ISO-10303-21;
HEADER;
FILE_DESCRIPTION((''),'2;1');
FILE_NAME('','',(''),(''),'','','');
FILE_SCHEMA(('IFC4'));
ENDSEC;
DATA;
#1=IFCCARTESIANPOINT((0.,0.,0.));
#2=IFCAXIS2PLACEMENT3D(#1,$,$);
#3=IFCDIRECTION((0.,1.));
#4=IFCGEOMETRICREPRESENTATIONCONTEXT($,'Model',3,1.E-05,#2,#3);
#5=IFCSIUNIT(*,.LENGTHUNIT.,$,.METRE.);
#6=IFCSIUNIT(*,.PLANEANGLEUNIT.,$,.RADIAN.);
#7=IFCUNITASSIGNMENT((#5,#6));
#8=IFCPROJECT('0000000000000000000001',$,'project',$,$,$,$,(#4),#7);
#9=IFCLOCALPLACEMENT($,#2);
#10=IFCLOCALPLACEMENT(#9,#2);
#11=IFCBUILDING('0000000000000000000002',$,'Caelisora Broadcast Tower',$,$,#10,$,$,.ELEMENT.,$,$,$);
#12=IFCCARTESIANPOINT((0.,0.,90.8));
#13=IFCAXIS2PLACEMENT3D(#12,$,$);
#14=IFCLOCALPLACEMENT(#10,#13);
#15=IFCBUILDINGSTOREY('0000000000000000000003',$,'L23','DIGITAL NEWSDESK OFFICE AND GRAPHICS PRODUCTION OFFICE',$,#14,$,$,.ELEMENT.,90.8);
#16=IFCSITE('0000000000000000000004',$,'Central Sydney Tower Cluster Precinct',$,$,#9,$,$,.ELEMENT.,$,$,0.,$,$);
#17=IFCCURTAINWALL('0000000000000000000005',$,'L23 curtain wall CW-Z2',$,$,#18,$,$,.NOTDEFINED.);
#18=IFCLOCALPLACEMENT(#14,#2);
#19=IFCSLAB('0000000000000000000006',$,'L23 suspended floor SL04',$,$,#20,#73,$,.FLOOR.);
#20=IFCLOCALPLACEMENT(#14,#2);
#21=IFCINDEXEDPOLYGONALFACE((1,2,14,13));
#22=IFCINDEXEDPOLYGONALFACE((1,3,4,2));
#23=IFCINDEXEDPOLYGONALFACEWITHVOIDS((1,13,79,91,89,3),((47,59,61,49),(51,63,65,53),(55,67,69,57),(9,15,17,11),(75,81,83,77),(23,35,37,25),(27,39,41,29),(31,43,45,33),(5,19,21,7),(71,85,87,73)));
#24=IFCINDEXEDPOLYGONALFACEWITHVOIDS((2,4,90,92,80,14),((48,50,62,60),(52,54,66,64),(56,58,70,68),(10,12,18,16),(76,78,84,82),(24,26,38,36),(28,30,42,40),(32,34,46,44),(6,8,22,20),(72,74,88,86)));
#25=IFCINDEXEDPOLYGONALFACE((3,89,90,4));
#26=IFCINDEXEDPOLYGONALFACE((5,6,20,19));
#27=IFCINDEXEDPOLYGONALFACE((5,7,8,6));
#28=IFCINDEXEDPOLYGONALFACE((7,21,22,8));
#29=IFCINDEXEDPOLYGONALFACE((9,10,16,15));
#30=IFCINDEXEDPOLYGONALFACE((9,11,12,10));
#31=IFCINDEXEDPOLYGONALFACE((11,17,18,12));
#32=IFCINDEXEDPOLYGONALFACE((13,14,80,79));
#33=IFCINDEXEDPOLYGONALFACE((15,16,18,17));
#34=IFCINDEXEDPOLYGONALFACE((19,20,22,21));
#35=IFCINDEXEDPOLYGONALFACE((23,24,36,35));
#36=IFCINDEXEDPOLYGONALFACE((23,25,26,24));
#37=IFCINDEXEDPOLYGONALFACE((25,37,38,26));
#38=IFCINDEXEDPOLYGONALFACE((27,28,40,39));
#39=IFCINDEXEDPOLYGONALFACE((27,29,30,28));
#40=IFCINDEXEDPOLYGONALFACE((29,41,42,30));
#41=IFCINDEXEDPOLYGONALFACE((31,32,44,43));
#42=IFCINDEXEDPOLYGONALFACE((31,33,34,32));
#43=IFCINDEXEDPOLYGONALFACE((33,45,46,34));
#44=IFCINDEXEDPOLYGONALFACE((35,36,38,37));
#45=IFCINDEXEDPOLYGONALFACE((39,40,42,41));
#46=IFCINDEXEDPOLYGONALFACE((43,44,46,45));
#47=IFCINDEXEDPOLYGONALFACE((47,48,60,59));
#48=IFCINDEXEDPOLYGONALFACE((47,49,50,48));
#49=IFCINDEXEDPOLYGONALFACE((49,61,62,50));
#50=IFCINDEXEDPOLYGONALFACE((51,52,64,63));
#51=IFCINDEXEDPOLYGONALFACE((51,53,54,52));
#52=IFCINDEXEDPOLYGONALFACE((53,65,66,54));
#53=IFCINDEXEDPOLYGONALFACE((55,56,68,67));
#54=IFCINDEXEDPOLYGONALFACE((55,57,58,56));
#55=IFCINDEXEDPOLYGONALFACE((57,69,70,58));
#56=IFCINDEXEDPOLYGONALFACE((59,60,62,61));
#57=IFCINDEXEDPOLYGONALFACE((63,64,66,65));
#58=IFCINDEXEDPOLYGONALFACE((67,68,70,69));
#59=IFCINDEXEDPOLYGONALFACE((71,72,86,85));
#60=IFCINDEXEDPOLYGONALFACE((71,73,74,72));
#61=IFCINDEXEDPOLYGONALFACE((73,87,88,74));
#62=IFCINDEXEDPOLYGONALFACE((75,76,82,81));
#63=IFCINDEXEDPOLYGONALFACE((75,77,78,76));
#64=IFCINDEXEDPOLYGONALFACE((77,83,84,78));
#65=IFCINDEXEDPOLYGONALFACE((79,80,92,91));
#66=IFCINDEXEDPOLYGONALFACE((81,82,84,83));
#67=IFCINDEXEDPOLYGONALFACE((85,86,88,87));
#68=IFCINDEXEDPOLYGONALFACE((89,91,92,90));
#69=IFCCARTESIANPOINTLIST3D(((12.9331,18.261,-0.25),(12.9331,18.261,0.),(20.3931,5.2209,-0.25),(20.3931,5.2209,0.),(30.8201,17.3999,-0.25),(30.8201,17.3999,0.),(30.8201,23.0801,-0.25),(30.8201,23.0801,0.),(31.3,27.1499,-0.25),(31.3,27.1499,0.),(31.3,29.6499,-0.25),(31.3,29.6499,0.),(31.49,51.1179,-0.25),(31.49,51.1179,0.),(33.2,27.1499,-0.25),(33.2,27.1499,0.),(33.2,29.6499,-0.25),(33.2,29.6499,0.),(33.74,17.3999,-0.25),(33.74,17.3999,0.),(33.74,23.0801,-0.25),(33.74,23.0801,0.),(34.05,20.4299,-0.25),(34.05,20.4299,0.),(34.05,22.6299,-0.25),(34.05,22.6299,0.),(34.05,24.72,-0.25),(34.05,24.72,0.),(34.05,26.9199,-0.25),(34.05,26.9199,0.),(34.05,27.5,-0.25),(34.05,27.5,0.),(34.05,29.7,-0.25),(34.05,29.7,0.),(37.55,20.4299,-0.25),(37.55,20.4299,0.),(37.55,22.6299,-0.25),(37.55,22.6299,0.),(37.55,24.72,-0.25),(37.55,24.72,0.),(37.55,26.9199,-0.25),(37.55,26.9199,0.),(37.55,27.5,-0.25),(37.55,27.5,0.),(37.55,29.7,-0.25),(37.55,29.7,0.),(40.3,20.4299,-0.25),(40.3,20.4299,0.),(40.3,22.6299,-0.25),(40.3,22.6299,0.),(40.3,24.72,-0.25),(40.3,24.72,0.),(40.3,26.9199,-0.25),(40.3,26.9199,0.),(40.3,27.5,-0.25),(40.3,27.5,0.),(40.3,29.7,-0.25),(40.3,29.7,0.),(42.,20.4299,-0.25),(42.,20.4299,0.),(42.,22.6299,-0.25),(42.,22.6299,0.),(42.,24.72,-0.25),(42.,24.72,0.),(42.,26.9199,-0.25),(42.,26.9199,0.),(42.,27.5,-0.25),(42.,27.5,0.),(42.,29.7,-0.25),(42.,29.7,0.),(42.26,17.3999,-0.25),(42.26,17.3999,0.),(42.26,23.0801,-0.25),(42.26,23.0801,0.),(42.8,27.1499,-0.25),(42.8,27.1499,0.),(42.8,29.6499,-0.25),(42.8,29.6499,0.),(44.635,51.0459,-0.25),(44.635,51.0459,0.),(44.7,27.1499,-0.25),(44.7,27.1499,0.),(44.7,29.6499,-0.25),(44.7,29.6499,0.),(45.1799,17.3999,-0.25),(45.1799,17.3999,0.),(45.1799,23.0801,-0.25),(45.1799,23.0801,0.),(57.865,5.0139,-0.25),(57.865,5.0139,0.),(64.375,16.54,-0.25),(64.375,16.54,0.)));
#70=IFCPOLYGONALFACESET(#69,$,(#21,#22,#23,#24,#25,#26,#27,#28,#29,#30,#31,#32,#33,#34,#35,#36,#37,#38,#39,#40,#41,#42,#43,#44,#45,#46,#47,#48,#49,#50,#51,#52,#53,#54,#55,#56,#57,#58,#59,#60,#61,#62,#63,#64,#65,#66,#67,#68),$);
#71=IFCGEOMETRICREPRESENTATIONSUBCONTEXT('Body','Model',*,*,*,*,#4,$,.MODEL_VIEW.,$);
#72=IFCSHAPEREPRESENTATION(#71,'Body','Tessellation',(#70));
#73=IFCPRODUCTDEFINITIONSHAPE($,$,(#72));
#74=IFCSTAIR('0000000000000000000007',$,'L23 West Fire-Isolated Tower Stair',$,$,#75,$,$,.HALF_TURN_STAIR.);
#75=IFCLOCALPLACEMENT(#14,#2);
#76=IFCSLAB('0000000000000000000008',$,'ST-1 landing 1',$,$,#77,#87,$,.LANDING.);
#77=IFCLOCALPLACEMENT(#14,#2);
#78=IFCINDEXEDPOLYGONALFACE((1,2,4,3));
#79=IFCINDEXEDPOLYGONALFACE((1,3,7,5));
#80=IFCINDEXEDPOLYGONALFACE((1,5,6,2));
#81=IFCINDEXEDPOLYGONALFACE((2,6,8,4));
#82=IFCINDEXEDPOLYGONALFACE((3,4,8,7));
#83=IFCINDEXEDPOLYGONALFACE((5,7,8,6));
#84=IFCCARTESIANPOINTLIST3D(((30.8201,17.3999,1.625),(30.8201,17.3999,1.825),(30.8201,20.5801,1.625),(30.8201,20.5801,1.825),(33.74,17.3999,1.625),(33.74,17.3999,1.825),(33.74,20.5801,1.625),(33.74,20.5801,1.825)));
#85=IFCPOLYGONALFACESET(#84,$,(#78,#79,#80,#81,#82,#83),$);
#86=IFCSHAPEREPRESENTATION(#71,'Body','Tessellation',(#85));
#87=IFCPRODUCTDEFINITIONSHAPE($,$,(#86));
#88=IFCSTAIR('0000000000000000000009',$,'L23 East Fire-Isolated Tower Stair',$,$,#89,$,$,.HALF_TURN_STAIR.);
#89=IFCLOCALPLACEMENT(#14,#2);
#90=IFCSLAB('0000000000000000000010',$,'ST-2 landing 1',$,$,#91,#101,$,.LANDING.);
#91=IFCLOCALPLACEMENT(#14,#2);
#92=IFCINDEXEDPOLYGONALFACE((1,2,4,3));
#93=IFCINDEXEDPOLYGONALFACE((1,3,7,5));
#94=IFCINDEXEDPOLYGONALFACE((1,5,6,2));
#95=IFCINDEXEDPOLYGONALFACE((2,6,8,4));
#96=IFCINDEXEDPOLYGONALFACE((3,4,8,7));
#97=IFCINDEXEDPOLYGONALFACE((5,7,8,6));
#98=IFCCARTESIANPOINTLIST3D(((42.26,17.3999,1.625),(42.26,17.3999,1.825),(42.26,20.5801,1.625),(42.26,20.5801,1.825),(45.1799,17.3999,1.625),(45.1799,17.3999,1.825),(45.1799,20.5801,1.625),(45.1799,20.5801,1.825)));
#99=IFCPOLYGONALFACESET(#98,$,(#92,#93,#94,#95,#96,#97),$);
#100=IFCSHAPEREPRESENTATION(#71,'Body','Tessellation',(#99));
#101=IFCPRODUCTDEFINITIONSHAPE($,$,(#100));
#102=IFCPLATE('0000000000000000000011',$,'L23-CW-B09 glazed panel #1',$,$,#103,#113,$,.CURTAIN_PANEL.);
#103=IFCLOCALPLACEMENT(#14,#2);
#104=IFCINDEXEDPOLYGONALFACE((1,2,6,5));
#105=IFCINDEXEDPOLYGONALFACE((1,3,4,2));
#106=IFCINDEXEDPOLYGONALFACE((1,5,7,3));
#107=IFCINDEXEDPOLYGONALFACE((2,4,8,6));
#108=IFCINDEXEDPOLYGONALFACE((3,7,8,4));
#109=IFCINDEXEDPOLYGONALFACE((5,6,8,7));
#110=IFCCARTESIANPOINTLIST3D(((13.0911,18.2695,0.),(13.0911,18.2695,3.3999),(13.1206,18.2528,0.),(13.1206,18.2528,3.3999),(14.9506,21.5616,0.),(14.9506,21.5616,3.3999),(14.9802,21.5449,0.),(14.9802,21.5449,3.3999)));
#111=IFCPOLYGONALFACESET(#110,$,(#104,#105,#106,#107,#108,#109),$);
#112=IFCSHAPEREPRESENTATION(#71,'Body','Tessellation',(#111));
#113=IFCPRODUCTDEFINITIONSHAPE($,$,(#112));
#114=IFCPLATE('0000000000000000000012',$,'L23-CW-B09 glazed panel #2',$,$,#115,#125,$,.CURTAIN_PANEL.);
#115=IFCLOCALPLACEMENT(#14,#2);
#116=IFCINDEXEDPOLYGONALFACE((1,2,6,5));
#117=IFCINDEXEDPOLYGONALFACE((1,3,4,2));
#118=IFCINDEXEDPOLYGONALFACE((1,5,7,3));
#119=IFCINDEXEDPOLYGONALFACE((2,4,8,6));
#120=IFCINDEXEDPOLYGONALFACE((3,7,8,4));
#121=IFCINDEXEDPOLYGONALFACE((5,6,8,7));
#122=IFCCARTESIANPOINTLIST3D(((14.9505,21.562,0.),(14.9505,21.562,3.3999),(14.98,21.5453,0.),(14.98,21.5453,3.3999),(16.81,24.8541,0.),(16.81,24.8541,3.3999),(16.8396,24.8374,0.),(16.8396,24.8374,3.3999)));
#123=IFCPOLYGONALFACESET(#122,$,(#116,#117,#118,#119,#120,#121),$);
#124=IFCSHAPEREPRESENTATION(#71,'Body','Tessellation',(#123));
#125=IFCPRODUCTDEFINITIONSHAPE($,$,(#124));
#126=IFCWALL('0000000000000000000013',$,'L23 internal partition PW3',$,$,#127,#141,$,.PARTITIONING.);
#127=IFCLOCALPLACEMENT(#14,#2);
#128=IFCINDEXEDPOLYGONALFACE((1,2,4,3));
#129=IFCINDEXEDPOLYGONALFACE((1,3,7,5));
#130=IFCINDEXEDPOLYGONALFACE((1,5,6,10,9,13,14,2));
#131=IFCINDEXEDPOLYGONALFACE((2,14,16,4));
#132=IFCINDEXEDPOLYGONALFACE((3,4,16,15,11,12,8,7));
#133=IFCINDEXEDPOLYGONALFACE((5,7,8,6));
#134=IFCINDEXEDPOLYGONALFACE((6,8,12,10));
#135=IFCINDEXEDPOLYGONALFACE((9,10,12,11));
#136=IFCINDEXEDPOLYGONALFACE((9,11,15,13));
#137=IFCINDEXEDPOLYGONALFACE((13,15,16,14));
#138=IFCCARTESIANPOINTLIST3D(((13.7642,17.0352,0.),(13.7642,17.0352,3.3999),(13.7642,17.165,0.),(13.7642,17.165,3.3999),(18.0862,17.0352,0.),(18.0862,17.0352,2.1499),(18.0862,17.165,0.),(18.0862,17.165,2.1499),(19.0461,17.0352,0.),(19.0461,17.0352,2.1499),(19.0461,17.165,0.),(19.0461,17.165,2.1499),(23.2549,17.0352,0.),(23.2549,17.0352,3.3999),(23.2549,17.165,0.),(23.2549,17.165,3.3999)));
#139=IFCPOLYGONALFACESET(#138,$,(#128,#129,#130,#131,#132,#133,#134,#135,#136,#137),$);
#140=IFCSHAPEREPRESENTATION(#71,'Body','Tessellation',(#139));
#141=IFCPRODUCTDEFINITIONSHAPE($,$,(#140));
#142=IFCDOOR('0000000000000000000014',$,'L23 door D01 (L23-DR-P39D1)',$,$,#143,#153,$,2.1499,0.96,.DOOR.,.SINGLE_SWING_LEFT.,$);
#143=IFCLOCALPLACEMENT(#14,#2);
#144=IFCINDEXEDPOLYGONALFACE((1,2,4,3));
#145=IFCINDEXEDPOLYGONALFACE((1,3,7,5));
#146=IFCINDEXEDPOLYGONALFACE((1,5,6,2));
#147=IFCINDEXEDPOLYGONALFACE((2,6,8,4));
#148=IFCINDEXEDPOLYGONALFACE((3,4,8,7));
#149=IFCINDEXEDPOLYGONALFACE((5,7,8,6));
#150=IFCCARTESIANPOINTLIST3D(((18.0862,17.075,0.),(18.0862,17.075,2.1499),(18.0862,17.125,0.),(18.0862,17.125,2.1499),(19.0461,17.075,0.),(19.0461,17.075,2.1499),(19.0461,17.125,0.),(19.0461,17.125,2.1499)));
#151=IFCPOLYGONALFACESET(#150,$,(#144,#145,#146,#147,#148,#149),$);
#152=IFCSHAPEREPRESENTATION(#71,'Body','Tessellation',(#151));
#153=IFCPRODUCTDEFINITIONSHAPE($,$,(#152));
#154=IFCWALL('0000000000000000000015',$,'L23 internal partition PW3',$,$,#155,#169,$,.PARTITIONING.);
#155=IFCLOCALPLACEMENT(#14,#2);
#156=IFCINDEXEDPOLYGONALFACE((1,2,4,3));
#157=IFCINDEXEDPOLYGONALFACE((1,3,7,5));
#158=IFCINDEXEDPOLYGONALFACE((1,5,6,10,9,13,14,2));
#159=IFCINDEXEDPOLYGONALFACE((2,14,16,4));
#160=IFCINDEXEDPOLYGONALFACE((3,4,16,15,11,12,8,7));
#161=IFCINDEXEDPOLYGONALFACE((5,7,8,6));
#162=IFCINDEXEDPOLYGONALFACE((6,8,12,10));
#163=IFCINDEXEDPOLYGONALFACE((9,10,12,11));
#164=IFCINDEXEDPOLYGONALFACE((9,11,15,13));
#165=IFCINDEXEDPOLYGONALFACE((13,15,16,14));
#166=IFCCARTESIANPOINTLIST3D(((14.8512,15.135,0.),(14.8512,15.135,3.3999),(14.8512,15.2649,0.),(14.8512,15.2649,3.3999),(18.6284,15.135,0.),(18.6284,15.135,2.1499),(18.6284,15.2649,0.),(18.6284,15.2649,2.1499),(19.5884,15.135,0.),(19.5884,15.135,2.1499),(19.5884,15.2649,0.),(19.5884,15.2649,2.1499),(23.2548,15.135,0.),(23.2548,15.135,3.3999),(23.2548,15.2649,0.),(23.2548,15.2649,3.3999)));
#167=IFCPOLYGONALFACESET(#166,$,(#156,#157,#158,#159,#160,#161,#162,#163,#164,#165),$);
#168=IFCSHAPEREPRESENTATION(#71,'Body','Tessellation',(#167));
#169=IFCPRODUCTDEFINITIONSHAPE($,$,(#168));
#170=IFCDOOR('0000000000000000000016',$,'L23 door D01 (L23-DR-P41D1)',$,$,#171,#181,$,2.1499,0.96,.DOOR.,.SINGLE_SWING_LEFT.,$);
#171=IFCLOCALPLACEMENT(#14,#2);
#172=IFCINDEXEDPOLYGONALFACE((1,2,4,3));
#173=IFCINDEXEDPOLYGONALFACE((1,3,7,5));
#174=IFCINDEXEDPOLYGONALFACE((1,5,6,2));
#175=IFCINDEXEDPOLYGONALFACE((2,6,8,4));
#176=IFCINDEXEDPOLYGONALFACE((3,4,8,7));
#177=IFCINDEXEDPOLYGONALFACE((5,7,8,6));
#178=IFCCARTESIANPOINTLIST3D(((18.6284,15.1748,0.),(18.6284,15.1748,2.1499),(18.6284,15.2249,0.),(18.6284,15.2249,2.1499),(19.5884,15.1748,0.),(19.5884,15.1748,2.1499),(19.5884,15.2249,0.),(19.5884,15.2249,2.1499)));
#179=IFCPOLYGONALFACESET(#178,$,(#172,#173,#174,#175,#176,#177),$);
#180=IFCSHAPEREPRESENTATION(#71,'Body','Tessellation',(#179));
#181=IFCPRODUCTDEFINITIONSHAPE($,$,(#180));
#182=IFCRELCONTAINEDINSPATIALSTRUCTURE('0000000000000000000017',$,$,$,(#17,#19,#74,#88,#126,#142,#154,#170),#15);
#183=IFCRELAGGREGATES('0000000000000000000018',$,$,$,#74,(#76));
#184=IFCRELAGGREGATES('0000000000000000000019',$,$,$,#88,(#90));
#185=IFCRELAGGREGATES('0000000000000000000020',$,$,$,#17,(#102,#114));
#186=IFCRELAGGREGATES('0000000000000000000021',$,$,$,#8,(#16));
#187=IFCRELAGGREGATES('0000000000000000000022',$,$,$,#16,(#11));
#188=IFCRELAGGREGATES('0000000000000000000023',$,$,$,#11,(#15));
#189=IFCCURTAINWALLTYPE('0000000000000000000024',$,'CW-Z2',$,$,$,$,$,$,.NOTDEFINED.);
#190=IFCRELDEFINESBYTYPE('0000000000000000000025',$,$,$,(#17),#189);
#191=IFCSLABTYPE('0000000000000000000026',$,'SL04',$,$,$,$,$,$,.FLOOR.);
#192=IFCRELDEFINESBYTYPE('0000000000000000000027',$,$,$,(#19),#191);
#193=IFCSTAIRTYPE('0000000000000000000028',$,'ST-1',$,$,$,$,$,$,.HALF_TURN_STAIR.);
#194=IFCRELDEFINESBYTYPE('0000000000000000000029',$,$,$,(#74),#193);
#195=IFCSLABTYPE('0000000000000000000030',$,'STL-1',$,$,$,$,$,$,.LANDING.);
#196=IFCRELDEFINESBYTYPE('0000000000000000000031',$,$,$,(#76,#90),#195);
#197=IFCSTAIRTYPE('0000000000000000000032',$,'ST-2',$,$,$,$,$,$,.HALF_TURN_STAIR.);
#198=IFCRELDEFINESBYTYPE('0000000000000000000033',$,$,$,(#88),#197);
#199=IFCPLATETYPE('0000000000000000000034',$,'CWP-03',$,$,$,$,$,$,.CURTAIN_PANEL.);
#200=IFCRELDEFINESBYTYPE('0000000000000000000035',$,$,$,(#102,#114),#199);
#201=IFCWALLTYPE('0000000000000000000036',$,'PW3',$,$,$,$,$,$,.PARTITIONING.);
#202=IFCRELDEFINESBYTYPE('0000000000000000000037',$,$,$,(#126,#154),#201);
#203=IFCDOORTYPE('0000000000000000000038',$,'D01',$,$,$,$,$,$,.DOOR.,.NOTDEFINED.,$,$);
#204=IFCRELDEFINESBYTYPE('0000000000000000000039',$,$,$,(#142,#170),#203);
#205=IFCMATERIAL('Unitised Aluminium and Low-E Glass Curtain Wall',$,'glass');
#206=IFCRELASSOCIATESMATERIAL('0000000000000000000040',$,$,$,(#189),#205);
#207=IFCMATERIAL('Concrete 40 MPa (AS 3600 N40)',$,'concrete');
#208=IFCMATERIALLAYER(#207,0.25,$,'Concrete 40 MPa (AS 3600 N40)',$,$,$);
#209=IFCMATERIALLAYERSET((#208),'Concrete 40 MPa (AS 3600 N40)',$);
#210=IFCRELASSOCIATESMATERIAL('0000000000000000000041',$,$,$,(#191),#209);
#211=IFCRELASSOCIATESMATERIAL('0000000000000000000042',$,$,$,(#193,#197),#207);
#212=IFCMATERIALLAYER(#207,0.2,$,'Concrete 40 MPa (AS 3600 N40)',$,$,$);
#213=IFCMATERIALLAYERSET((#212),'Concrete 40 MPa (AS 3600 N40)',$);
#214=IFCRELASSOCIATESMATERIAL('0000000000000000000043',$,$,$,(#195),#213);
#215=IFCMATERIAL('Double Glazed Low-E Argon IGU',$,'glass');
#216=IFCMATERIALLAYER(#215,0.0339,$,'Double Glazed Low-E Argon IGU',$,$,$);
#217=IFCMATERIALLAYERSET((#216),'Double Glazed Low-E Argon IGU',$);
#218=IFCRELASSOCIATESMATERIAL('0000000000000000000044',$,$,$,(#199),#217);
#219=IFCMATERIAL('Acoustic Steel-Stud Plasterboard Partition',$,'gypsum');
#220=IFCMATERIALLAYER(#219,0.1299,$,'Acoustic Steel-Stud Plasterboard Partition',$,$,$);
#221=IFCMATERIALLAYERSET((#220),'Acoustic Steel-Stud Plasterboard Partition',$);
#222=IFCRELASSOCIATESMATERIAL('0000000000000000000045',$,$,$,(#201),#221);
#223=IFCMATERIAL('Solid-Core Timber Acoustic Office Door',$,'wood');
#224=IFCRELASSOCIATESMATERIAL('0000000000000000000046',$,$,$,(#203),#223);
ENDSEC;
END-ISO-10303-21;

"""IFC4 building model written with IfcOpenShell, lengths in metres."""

from ifc_helpers import new_model, si_unit, direction, frame, frame_2d, origin, origin_2d, place, context, subcontext, project, spatial, polyline, rectangle, outline, extrude, source, transform, mapped, material, layer, layer_set, type_object, type_shapes, element, fill, aggregate, save


model = new_model("IFC4")

# Units and contexts
model_context = context("Model", 3, precision=1e-05, world=origin(), true_north=direction((0.0, 1.0)))
body_context = subcontext(model_context, "Body", "Model", "MODEL_VIEW")
ifc_project = project(units=[si_unit("LENGTHUNIT", "METRE"), si_unit("PLANEANGLEUNIT", "RADIAN")], contexts=[model_context])

# Site, building, storey
site_placement = place(None, origin())
site = spatial("IfcSite", under=ifc_project, at=site_placement, Name="Central Sydney Tower Cluster Precinct", CompositionType="ELEMENT", RefElevation=0.0)
building_placement = place(site_placement, origin())
building = spatial("IfcBuilding", under=site, at=building_placement, Name="Caelisora Broadcast Tower", CompositionType="ELEMENT")
storey_placement = place(building_placement, frame((0.0, 0.0, 90.8)))
storey = spatial("IfcBuildingStorey", under=building, at=storey_placement, Name="L23", Description="DIGITAL NEWSDESK OFFICE AND GRAPHICS PRODUCTION OFFICE", CompositionType="ELEMENT", Elevation=90.8)

# Curtain wall
ifc_material_1 = material(Name="Unitised Aluminium and Low-E Glass Curtain Wall", Category="glass")
curtain_wall_type = type_object("IfcCurtainWallType", Name="CW-Z2", PredefinedType="NOTDEFINED", material=ifc_material_1)
curtain_wall_placement = place(storey_placement, origin())
curtain_wall = element("IfcCurtainWall", 1, at=curtain_wall_placement, inside=storey, type_object=curtain_wall_type, Name="L23 curtain wall CW-Z2", PredefinedType="NOTDEFINED")

# Slab
ifc_material_2 = material(Name="Concrete 40 MPa (AS 3600 N40)", Category="concrete")
ifc_layer_1 = layer(ifc_material_2, 0.25, Name="Concrete 40 MPa (AS 3600 N40)")
ifc_layer_set_1 = layer_set([ifc_layer_1], Name="Concrete 40 MPa (AS 3600 N40)")
slab_type_1 = type_object("IfcSlabType", Name="SL04", PredefinedType="FLOOR", material=ifc_layer_set_1)
slab_1_placement = place(storey_placement, frame((0.0, 0.0, -0.25)))
element("IfcSlab", 2, at=slab_1_placement, inside=storey, type_object=slab_type_1, Name="L23 suspended floor SL04", PredefinedType="FLOOR", context=body_context, shape_type="SweptSolid", body=[
    extrude(outline(polyline([(44.635, 51.0459), (31.49, 51.1179), (12.9331, 18.261), (20.3931, 5.2209), (57.865, 5.0139), (64.375, 16.54), (44.635, 51.0459)]), holes=[polyline([(30.8201, 17.3999), (33.74, 17.3999), (33.74, 23.0801), (30.8201, 23.0801), (30.8201, 17.3999)]), polyline([(42.26, 17.3999), (45.1799, 17.3999), (45.1799, 23.0801), (42.26, 23.0801), (42.26, 17.3999)]), polyline([(42.8, 27.1499), (44.7, 27.1499), (44.7, 29.6499), (42.8, 29.6499), (42.8, 27.1499)]), polyline([(40.3, 20.4299), (42.0, 20.4299), (42.0, 22.6299), (40.3, 22.6299), (40.3, 20.4299)]), polyline([(40.3, 24.72), (42.0, 24.72), (42.0, 26.9199), (40.3, 26.9199), (40.3, 24.72)]), polyline([(40.3, 27.5), (42.0, 27.5), (42.0, 29.7), (40.3, 29.7), (40.3, 27.5)]), polyline([(34.05, 20.4299), (37.55, 20.4299), (37.55, 22.6299), (34.05, 22.6299), (34.05, 20.4299)]), polyline([(34.05, 24.72), (37.55, 24.72), (37.55, 26.9199), (34.05, 26.9199), (34.05, 24.72)]), polyline([(34.05, 27.5), (37.55, 27.5), (37.55, 29.7), (34.05, 29.7), (34.05, 27.5)]), polyline([(31.3, 27.1499), (33.2, 27.1499), (33.2, 29.6499), (31.3, 29.6499), (31.3, 27.1499)])]), origin(), (0.0, 0.0, 1.0), 0.25),
])

# Stairs, slabs
stair_type_1 = type_object("IfcStairType", Name="ST-1", PredefinedType="HALF_TURN_STAIR", material=ifc_material_2)
stair_1_placement = place(storey_placement, origin())
stair_1 = element("IfcStair", 3, at=stair_1_placement, inside=storey, type_object=stair_type_1, Name="L23 West Fire-Isolated Tower Stair", PredefinedType="HALF_TURN_STAIR")
ifc_layer_2 = layer(ifc_material_2, 0.2, Name="Concrete 40 MPa (AS 3600 N40)")
ifc_layer_set_2 = layer_set([ifc_layer_2], Name="Concrete 40 MPa (AS 3600 N40)")
slab_type_2 = type_object("IfcSlabType", Name="STL-1", PredefinedType="LANDING", material=ifc_layer_set_2)
slab_2_placement = place(storey_placement, frame((0.0, 0.0, 1.625)))
slab_2 = element("IfcSlab", 4, at=slab_2_placement, type_object=slab_type_2, Name="ST-1 landing 1", PredefinedType="LANDING", context=body_context, shape_type="SweptSolid", body=[
    extrude(outline(polyline([(30.8201, 20.5801), (30.8201, 17.3999), (33.74, 17.3999), (33.74, 20.5801), (30.8201, 20.5801)])), origin(), (0.0, 0.0, 1.0), 0.2),
])
aggregate(stair_1, [slab_2])
stair_type_2 = type_object("IfcStairType", Name="ST-2", PredefinedType="HALF_TURN_STAIR", material=ifc_material_2)
stair_2_placement = place(storey_placement, origin())
stair_2 = element("IfcStair", 5, at=stair_2_placement, inside=storey, type_object=stair_type_2, Name="L23 East Fire-Isolated Tower Stair", PredefinedType="HALF_TURN_STAIR")
slab_3_placement = place(storey_placement, frame((0.0, 0.0, 1.625)))
slab_3 = element("IfcSlab", 6, at=slab_3_placement, type_object=slab_type_2, Name="ST-2 landing 1", PredefinedType="LANDING", context=body_context, shape_type="SweptSolid", body=[
    extrude(outline(polyline([(42.26, 20.5801), (42.26, 17.3999), (45.1799, 17.3999), (45.1799, 20.5801), (42.26, 20.5801)])), origin(), (0.0, 0.0, 1.0), 0.2),
])
aggregate(stair_2, [slab_3])

# Plates
ifc_material_3 = material(Name="Double Glazed Low-E Argon IGU", Category="glass")
ifc_layer_3 = layer(ifc_material_3, 0.0339, Name="Double Glazed Low-E Argon IGU")
ifc_layer_set_3 = layer_set([ifc_layer_3], Name="Double Glazed Low-E Argon IGU")
plate_type = type_object("IfcPlateType", Name="CWP-03", PredefinedType="CURTAIN_PANEL", material=ifc_layer_set_3)
shared_shape_1 = source(origin(), body_context, "Body", "SweptSolid", [
    extrude(rectangle(XDim=3.781, YDim=0.0339, at=origin_2d()), origin(), (0.0, 0.0, 1.0), 3.3999),
])
type_shapes(plate_type, [shared_shape_1])
plate_1_placement = place(storey_placement, frame((14.0356, 19.9072, 0.0), z_axis=(0.0, 0.0, 1.0), x_axis=(0.491816, 0.870699, 0.0)))
plate_1 = element("IfcPlate", 7, at=plate_1_placement, type_object=plate_type, Name="L23-CW-B09 glazed panel #1", PredefinedType="CURTAIN_PANEL", context=body_context, shape_type="MappedRepresentation", body=[
    mapped(shared_shape_1, transform((0.0, 0.0, 0.0), scale=1.0)),
])
plate_2_placement = place(storey_placement, frame((15.895, 23.1997, 0.0), z_axis=(0.0, 0.0, 1.0), x_axis=(0.491816, 0.870699, 0.0)))
plate_2 = element("IfcPlate", 8, at=plate_2_placement, type_object=plate_type, Name="L23-CW-B09 glazed panel #2", PredefinedType="CURTAIN_PANEL", context=body_context, shape_type="MappedRepresentation", body=[
    mapped(shared_shape_1, transform((0.0, 0.0, 0.0), scale=1.0)),
])
aggregate(curtain_wall, [plate_1, plate_2])

# Walls, openings, doors
ifc_material_4 = material(Name="Acoustic Steel-Stud Plasterboard Partition", Category="gypsum")
ifc_layer_4 = layer(ifc_material_4, 0.1299, Name="Acoustic Steel-Stud Plasterboard Partition")
ifc_layer_set_4 = layer_set([ifc_layer_4], Name="Acoustic Steel-Stud Plasterboard Partition")
wall_type = type_object("IfcWallType", Name="PW3", PredefinedType="PARTITIONING", material=ifc_layer_set_4)
wall_1_placement = place(storey_placement, frame((13.7642, 17.1001, 0.0), z_axis=(0.0, 0.0, 1.0), x_axis=(1.0, 0.0, 0.0)))
wall_1 = element("IfcWall", 9, at=wall_1_placement, inside=storey, type_object=wall_type, Name="L23 internal partition PW3", PredefinedType="PARTITIONING", context=body_context, shape_type="SweptSolid", body=[
    extrude(rectangle(XDim=9.4907, YDim=0.1299, at=frame_2d((4.7454, 0.0))), origin(), (0.0, 0.0, 1.0), 3.3999),
])
opening_1_placement = place(wall_1_placement, frame((4.322, 0.0, 0.0)))
opening_1 = element("IfcOpeningElement", 10, at=opening_1_placement, cuts=wall_1, PredefinedType="OPENING", context=body_context, shape_type="SweptSolid", body=[
    extrude(rectangle(XDim=0.96, YDim=2.1499, at=frame_2d((0.48, 1.075))), frame((0.0, 0.0769, 0.0), z_axis=(0.0, -1.0, 0.0), x_axis=(1.0, 0.0, 0.0)), (0.0, 0.0, 1.0), 0.1538),
])
ifc_material_5 = material(Name="Solid-Core Timber Acoustic Office Door", Category="wood")
door_type = type_object("IfcDoorType", Name="D01", OperationType="NOTDEFINED", PredefinedType="DOOR", material=ifc_material_5)
door_1_placement = place(opening_1_placement, origin())
door_1 = element("IfcDoor", 11, at=door_1_placement, inside=storey, type_object=door_type, Name="L23 door D01 (L23-DR-P39D1)", OperationType="SINGLE_SWING_LEFT", OverallHeight=2.1499, OverallWidth=0.96, PredefinedType="DOOR", context=body_context, shape_type="SweptSolid", body=[
    extrude(rectangle(XDim=0.96, YDim=2.1499, at=frame_2d((0.48, 1.075))), frame((0.0, 0.0249, 0.0), z_axis=(0.0, -1.0, 0.0), x_axis=(1.0, 0.0, 0.0)), (0.0, 0.0, 1.0), 0.05),
])
fill(opening_1, door_1)
wall_2_placement = place(storey_placement, frame((14.8513, 15.2, 0.0), z_axis=(0.0, 0.0, 1.0), x_axis=(1.0, 0.0, 0.0)))
wall_2 = element("IfcWall", 12, at=wall_2_placement, inside=storey, type_object=wall_type, Name="L23 internal partition PW3", PredefinedType="PARTITIONING", context=body_context, shape_type="SweptSolid", body=[
    extrude(rectangle(XDim=8.4036, YDim=0.1299, at=frame_2d((4.2017, 0.0))), origin(), (0.0, 0.0, 1.0), 3.3999),
])
opening_2_placement = place(wall_2_placement, frame((3.7771, 0.0, 0.0)))
opening_2 = element("IfcOpeningElement", 13, at=opening_2_placement, cuts=wall_2, PredefinedType="OPENING", context=body_context, shape_type="SweptSolid", body=[
    extrude(rectangle(XDim=0.96, YDim=2.1499, at=frame_2d((0.48, 1.075))), frame((0.0, 0.0769, 0.0), z_axis=(0.0, -1.0, 0.0), x_axis=(1.0, 0.0, 0.0)), (0.0, 0.0, 1.0), 0.1538),
])
door_2_placement = place(opening_2_placement, origin())
door_2 = element("IfcDoor", 14, at=door_2_placement, inside=storey, type_object=door_type, Name="L23 door D01 (L23-DR-P41D1)", OperationType="SINGLE_SWING_LEFT", OverallHeight=2.1499, OverallWidth=0.96, PredefinedType="DOOR", context=body_context, shape_type="SweptSolid", body=[
    extrude(rectangle(XDim=0.96, YDim=2.1499, at=frame_2d((0.48, 1.075))), frame((0.0, 0.0249, 0.0), z_axis=(0.0, -1.0, 0.0), x_axis=(1.0, 0.0, 0.0)), (0.0, 0.0, 1.0), 0.05),
])
fill(opening_2, door_2)

save(model, "model.ifc")
